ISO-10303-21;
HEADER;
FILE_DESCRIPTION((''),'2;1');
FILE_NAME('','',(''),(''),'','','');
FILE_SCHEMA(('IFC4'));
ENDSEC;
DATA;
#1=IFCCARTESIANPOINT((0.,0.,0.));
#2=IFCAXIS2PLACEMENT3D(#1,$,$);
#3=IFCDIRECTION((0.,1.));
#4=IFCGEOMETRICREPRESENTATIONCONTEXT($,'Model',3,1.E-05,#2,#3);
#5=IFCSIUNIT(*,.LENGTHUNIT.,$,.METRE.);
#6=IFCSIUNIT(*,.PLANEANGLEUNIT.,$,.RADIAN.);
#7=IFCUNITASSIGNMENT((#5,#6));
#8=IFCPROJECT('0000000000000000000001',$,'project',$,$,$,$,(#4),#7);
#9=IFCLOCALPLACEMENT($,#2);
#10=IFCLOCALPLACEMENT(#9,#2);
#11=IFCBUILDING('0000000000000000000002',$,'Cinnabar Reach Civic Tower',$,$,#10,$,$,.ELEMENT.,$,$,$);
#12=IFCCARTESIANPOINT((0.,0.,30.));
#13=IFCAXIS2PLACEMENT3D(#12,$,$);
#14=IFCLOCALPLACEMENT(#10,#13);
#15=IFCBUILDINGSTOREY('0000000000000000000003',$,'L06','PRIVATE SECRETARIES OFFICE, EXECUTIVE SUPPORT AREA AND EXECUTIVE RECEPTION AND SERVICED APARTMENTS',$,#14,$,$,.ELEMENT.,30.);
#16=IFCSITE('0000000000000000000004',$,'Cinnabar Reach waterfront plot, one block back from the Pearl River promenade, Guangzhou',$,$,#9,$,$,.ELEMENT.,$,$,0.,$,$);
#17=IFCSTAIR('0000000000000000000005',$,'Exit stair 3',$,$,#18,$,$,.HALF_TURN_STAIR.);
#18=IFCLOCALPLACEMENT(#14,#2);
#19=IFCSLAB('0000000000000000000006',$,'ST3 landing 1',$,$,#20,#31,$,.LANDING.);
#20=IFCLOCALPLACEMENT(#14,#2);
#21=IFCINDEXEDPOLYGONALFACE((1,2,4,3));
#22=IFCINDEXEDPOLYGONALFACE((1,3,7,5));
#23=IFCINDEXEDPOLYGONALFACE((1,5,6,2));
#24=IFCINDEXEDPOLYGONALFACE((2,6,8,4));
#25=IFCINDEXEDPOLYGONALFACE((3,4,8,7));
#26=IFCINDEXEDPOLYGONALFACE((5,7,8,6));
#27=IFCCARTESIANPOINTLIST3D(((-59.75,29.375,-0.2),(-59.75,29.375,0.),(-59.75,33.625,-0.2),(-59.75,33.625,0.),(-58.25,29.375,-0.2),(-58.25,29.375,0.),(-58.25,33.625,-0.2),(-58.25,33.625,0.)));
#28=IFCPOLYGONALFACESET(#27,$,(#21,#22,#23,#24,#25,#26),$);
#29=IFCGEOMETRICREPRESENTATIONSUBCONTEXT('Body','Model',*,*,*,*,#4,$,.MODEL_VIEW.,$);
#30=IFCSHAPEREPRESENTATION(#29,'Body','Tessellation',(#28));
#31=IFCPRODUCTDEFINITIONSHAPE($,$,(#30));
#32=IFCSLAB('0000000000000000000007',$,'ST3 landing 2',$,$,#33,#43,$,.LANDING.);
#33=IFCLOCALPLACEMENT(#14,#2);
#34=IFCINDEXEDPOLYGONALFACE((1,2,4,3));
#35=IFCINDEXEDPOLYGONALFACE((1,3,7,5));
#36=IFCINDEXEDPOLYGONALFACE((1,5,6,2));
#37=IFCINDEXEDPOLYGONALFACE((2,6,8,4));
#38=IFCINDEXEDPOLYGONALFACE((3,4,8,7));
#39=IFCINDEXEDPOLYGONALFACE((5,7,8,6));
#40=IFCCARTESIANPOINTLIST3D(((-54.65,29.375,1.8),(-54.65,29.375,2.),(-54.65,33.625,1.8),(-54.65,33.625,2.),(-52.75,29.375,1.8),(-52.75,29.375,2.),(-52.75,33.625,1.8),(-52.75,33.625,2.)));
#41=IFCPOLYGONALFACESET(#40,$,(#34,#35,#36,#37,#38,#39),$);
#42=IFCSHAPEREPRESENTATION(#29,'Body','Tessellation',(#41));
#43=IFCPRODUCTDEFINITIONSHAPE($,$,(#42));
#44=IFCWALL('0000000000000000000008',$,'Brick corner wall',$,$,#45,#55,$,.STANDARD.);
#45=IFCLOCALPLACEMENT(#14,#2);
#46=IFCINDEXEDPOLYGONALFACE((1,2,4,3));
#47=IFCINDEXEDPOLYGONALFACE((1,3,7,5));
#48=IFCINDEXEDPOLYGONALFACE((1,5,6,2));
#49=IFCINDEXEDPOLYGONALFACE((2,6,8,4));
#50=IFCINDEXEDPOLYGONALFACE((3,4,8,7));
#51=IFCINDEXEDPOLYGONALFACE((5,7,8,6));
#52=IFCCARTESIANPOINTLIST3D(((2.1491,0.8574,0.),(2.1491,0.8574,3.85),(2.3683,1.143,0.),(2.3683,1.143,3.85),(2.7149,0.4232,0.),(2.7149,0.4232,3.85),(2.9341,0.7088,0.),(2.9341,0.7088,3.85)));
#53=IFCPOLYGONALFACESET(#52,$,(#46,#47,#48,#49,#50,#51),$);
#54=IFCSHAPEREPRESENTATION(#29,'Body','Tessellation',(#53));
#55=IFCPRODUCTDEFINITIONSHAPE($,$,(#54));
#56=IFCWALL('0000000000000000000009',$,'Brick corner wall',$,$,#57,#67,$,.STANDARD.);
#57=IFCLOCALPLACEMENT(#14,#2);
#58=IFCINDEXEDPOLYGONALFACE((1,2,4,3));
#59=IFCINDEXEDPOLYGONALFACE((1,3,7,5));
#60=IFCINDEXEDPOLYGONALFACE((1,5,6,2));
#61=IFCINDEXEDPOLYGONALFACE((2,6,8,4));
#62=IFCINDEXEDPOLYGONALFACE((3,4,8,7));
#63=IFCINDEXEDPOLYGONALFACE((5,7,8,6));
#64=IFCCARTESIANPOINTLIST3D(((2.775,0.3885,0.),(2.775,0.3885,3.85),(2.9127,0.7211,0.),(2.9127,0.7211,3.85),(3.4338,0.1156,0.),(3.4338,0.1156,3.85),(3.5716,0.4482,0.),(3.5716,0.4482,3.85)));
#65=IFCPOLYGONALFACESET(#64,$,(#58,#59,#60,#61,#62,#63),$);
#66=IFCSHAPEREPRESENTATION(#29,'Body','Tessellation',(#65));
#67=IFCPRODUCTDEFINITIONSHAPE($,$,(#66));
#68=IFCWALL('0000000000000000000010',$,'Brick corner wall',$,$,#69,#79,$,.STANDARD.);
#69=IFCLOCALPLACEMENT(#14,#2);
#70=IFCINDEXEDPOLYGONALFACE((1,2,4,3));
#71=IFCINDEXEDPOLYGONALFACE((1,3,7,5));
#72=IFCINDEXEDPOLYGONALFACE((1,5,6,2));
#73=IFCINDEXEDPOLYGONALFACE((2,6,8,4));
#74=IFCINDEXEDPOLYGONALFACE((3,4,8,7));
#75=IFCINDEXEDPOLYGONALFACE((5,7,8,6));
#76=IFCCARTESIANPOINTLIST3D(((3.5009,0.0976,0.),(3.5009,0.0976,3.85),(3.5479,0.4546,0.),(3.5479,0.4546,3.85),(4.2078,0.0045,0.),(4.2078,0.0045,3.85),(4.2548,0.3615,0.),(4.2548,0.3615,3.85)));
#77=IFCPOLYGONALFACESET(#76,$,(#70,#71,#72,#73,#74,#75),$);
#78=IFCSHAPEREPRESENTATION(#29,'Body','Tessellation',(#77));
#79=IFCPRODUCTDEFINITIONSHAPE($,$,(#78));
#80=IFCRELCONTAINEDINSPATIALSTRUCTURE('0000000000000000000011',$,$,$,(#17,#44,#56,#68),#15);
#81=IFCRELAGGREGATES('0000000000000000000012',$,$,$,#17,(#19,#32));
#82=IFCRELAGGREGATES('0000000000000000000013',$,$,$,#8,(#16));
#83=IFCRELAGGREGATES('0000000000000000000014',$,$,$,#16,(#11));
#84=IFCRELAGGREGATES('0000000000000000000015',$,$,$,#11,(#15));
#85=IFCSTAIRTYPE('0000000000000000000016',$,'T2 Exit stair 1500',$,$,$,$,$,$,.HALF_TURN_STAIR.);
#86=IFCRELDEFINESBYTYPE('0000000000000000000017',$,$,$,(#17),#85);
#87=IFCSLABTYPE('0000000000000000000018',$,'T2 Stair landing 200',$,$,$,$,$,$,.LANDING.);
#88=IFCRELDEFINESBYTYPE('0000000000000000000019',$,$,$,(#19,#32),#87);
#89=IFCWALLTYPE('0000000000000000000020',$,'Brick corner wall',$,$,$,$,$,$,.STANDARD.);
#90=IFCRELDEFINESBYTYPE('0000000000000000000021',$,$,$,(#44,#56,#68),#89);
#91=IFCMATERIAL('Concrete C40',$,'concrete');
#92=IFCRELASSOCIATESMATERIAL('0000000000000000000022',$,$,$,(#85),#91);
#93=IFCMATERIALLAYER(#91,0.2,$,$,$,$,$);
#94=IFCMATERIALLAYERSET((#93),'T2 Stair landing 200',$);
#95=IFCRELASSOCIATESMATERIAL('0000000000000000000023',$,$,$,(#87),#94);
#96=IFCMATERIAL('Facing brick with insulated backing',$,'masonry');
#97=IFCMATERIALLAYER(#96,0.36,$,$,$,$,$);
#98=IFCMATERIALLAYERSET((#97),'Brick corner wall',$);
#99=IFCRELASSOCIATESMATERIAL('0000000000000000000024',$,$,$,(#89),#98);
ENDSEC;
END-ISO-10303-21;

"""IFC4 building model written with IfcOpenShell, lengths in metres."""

from ifc_helpers import new_model, si_unit, direction, frame, frame_2d, origin, place, context, subcontext, project, spatial, polyline, rectangle, outline, extrude, material, layer, layer_set, type_object, element, aggregate, save


model = new_model("IFC4")

# Units and contexts
model_context = context("Model", 3, precision=1e-05, world=origin(), true_north=direction((0.0, 1.0)))
body_context = subcontext(model_context, "Body", "Model", "MODEL_VIEW")
ifc_project = project(units=[si_unit("LENGTHUNIT", "METRE"), si_unit("PLANEANGLEUNIT", "RADIAN")], contexts=[model_context])

# Site, building, storey
site_placement = place(None, origin())
site = spatial("IfcSite", under=ifc_project, at=site_placement, Name="Cinnabar Reach waterfront plot, one block back from the Pearl River promenade, Guangzhou", CompositionType="ELEMENT", RefElevation=0.0)
building_placement = place(site_placement, origin())
building = spatial("IfcBuilding", under=site, at=building_placement, Name="Cinnabar Reach Civic Tower", CompositionType="ELEMENT")
storey_placement = place(building_placement, frame((0.0, 0.0, 30.0)))
storey = spatial("IfcBuildingStorey", under=building, at=storey_placement, Name="L06", Description="PRIVATE SECRETARIES OFFICE, EXECUTIVE SUPPORT AREA AND EXECUTIVE RECEPTION AND SERVICED APARTMENTS", CompositionType="ELEMENT", Elevation=30.0)

# Shared definitions
ifc_material_1 = material(Name="Concrete C40", Category="concrete")

# Stair, slabs
stair_type_1 = type_object("IfcStairType", Name="T2 Exit stair 1500", PredefinedType="HALF_TURN_STAIR", material=ifc_material_1)
ifc_layer_1 = layer(ifc_material_1, 0.2)
ifc_layer_set_1 = layer_set([ifc_layer_1], Name="T2 Stair landing 200")
slab_type_1 = type_object("IfcSlabType", Name="T2 Stair landing 200", PredefinedType="LANDING", material=ifc_layer_set_1)
stair_1_placement = place(storey_placement, origin())
stair_1 = element("IfcStair", 1, at=stair_1_placement, inside=storey, type_object=stair_type_1, Name="Exit stair 3", PredefinedType="HALF_TURN_STAIR")
slab_1_placement = place(storey_placement, frame((0.0, 0.0, -0.2)))
slab_1 = element("IfcSlab", 2, at=slab_1_placement, type_object=slab_type_1, Name="ST3 landing 1", PredefinedType="LANDING", context=body_context, shape_type="SweptSolid", body=[
    extrude(outline(polyline([(-59.75, 29.375), (-59.75, 33.625), (-58.25, 33.625), (-58.25, 29.375), (-59.75, 29.375)])), origin(), (0.0, 0.0, 1.0), 0.2),
])
slab_2_placement = place(storey_placement, frame((0.0, 0.0, 1.8)))
slab_2 = element("IfcSlab", 3, at=slab_2_placement, type_object=slab_type_1, Name="ST3 landing 2", PredefinedType="LANDING", context=body_context, shape_type="SweptSolid", body=[
    extrude(outline(polyline([(-54.65, 29.375), (-54.65, 33.625), (-52.75, 33.625), (-52.75, 29.375), (-54.65, 29.375)])), origin(), (0.0, 0.0, 1.0), 0.2),
])
aggregate(stair_1, [slab_1, slab_2])

# Walls
ifc_material_2 = material(Name="Facing brick with insulated backing", Category="masonry")
ifc_layer_2 = layer(ifc_material_2, 0.36)
ifc_layer_set_2 = layer_set([ifc_layer_2], Name="Brick corner wall")
wall_type = type_object("IfcWallType", Name="Brick corner wall", PredefinedType="STANDARD", material=ifc_layer_set_2)
wall_placement = place(storey_placement, frame((2.2587, 1.0002, 0.0), z_axis=(0.0, 0.0, 1.0), x_axis=(0.793322, -0.608802, 0.0)))
element("IfcWall", 4, at=wall_placement, inside=storey, type_object=wall_type, Name="Brick corner wall", PredefinedType="STANDARD", context=body_context, shape_type="SweptSolid", body=[
    extrude(rectangle(XDim=0.7132, YDim=0.36, at=frame_2d((0.3566, 0.0))), origin(), (0.0, 0.0, 1.0), 3.85),
])
for number, where, z_axis, x_axis, name in (
    (5, (2.8439, 0.5548, 0.0), (0.0, 0.0, 1.0), (0.923872, -0.382703, 0.0), "Brick corner wall"),
    (6, (3.5244, 0.2761, 0.0), (0.0, 0.0, 1.0), (0.991441, -0.130556, 0.0), "Brick corner wall"),
):
    element("IfcWall", number, at=place(storey_placement, frame(where, z_axis=z_axis, x_axis=x_axis)), inside=storey, type_object=wall_type, Name=name, PredefinedType="STANDARD", context=body_context, shape_type="SweptSolid", body=[
        extrude(rectangle(XDim=0.7131, YDim=0.36, at=frame_2d((0.3565, 0.0))), origin(), (0.0, 0.0, 1.0), 3.85),
    ])

save(model, "model.ifc")
